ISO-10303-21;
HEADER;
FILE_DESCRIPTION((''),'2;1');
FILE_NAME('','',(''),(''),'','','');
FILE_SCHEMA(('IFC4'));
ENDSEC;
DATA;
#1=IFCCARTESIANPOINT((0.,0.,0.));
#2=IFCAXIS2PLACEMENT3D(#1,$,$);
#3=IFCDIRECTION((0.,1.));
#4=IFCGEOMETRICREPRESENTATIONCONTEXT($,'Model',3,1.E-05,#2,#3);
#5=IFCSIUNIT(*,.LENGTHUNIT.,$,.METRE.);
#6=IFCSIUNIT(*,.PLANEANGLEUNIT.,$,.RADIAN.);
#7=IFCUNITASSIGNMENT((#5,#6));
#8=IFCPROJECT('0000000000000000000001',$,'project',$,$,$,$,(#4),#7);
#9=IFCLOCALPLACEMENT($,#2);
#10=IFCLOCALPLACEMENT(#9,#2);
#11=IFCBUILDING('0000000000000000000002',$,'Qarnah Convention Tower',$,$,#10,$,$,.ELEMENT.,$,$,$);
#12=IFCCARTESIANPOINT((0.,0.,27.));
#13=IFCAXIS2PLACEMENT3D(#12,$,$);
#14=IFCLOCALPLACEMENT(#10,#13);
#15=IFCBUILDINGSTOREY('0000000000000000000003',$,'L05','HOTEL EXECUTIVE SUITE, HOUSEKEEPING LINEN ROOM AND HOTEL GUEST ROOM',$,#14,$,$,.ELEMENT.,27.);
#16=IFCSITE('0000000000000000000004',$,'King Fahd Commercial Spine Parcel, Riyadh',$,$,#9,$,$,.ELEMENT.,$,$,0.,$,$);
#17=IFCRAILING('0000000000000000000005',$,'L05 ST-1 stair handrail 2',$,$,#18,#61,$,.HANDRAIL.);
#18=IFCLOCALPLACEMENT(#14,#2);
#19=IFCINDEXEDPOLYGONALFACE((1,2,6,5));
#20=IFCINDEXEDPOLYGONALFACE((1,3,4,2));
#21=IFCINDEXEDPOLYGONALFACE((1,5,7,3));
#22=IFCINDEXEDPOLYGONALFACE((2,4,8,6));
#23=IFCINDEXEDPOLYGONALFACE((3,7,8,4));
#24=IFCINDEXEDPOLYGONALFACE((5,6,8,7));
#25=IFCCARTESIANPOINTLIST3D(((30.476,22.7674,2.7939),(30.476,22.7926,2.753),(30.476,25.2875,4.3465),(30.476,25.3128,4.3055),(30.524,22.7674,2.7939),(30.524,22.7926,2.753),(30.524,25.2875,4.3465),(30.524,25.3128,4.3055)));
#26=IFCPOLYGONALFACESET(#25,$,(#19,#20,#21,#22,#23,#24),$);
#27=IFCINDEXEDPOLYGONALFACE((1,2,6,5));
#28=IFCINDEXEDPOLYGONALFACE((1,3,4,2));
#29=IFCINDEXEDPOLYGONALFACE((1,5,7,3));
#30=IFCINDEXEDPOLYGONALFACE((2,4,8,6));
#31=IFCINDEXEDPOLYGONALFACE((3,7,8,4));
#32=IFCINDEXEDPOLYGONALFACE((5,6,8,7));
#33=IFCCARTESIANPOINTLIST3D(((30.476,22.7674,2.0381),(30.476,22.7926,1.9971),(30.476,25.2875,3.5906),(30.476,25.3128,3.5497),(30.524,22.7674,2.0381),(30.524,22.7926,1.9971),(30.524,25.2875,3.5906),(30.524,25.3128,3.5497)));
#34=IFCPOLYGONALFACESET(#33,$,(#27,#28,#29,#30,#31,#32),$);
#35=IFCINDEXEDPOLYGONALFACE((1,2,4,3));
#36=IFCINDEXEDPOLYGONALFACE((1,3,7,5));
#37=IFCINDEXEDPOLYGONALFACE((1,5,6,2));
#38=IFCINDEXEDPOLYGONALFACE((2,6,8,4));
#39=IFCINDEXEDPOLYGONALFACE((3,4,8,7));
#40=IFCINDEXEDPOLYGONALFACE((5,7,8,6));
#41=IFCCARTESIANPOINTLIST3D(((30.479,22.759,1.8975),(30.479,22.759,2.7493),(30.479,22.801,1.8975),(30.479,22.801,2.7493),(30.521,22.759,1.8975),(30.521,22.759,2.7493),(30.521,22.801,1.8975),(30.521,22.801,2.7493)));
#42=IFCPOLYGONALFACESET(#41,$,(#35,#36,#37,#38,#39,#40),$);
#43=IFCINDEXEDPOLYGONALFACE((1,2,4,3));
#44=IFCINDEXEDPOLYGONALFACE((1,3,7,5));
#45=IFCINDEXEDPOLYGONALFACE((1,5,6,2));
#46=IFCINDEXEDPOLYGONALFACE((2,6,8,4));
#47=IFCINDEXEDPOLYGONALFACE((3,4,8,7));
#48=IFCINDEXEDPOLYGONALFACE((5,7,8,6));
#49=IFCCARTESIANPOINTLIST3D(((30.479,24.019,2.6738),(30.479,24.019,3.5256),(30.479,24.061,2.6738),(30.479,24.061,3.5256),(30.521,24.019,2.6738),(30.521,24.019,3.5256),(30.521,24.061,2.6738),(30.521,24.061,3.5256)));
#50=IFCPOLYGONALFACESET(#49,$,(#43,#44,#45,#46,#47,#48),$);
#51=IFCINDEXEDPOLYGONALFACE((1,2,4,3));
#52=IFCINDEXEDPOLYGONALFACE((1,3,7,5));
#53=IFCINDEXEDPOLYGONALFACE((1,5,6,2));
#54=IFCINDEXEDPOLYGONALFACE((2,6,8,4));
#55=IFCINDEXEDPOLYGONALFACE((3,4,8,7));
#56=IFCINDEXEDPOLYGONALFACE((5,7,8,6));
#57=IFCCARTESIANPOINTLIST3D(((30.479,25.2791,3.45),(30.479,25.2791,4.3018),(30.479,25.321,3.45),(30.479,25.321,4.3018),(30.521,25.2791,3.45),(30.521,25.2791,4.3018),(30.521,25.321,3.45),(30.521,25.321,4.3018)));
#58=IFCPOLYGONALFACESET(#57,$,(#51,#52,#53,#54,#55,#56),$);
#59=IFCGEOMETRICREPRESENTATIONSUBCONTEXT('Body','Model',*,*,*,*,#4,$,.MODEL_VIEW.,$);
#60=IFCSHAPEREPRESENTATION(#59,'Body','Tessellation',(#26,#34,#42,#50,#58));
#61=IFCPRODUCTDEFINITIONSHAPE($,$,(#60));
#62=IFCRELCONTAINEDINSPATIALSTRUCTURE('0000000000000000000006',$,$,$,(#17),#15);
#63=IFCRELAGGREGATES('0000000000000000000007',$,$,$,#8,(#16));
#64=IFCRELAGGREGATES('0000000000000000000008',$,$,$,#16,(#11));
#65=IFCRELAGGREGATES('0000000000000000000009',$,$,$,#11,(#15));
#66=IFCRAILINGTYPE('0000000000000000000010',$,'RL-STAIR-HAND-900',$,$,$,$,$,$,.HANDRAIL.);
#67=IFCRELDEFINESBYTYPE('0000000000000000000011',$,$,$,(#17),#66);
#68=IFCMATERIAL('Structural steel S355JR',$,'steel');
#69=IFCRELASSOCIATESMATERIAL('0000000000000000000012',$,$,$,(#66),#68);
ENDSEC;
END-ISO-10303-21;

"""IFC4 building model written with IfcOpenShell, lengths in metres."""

from ifc_helpers import new_model, si_unit, direction, frame, origin, origin_2d, place, context, subcontext, project, spatial, rectangle, extrude, material, type_object, element, save


model = new_model("IFC4")

# Units and contexts
model_context = context("Model", 3, precision=1e-05, world=origin(), true_north=direction((0.0, 1.0)))
body_context = subcontext(model_context, "Body", "Model", "MODEL_VIEW")
ifc_project = project(units=[si_unit("LENGTHUNIT", "METRE"), si_unit("PLANEANGLEUNIT", "RADIAN")], contexts=[model_context])

# Site, building, storey
site_placement = place(None, origin())
site = spatial("IfcSite", under=ifc_project, at=site_placement, Name="King Fahd Commercial Spine Parcel, Riyadh", CompositionType="ELEMENT", RefElevation=0.0)
building_placement = place(site_placement, origin())
building = spatial("IfcBuilding", under=site, at=building_placement, Name="Qarnah Convention Tower", CompositionType="ELEMENT")
storey_placement = place(building_placement, frame((0.0, 0.0, 27.0)))
storey = spatial("IfcBuildingStorey", under=building, at=storey_placement, Name="L05", Description="HOTEL EXECUTIVE SUITE, HOUSEKEEPING LINEN ROOM AND HOTEL GUEST ROOM", CompositionType="ELEMENT", Elevation=27.0)

# Shared definitions
ifc_material_1 = material(Name="Structural steel S355JR", Category="steel")

# Railing
railing_type_1 = type_object("IfcRailingType", Name="RL-STAIR-HAND-900", PredefinedType="HANDRAIL", material=ifc_material_1)
railing_1_placement = place(storey_placement, frame((30.5, 22.78, 1.8975)))
element("IfcRailing", 1, at=railing_1_placement, inside=storey, type_object=railing_type_1, Name="L05 ST-1 stair handrail 2", PredefinedType="HANDRAIL", context=body_context, shape_type="SweptSolid", body=[
    extrude(rectangle(XDim=0.0481, YDim=0.0481, at=origin_2d()), frame((0.0, 0.0, 0.876), z_axis=(0.0, 0.8514, 0.524516), x_axis=(-1.0, 0.0, 0.0)), (0.0, 0.0, 1.0), 2.96),
    extrude(rectangle(XDim=0.0481, YDim=0.0481, at=origin_2d()), frame((0.0, 0.0, 0.1201), z_axis=(0.0, 0.8514, 0.524516), x_axis=(-1.0, 0.0, 0.0)), (0.0, 0.0, 1.0), 2.96),
    extrude(rectangle(XDim=0.042, YDim=0.042, at=origin_2d()), origin(), (0.0, 0.0, 1.0), 0.8518),
    extrude(rectangle(XDim=0.042, YDim=0.042, at=origin_2d()), frame((0.0, 1.26, 0.7764)), (0.0, 0.0, 1.0), 0.8518),
    extrude(rectangle(XDim=0.042, YDim=0.042, at=origin_2d()), frame((0.0, 2.52, 1.5525)), (0.0, 0.0, 1.0), 0.8518),
])

save(model, "model.ifc")
